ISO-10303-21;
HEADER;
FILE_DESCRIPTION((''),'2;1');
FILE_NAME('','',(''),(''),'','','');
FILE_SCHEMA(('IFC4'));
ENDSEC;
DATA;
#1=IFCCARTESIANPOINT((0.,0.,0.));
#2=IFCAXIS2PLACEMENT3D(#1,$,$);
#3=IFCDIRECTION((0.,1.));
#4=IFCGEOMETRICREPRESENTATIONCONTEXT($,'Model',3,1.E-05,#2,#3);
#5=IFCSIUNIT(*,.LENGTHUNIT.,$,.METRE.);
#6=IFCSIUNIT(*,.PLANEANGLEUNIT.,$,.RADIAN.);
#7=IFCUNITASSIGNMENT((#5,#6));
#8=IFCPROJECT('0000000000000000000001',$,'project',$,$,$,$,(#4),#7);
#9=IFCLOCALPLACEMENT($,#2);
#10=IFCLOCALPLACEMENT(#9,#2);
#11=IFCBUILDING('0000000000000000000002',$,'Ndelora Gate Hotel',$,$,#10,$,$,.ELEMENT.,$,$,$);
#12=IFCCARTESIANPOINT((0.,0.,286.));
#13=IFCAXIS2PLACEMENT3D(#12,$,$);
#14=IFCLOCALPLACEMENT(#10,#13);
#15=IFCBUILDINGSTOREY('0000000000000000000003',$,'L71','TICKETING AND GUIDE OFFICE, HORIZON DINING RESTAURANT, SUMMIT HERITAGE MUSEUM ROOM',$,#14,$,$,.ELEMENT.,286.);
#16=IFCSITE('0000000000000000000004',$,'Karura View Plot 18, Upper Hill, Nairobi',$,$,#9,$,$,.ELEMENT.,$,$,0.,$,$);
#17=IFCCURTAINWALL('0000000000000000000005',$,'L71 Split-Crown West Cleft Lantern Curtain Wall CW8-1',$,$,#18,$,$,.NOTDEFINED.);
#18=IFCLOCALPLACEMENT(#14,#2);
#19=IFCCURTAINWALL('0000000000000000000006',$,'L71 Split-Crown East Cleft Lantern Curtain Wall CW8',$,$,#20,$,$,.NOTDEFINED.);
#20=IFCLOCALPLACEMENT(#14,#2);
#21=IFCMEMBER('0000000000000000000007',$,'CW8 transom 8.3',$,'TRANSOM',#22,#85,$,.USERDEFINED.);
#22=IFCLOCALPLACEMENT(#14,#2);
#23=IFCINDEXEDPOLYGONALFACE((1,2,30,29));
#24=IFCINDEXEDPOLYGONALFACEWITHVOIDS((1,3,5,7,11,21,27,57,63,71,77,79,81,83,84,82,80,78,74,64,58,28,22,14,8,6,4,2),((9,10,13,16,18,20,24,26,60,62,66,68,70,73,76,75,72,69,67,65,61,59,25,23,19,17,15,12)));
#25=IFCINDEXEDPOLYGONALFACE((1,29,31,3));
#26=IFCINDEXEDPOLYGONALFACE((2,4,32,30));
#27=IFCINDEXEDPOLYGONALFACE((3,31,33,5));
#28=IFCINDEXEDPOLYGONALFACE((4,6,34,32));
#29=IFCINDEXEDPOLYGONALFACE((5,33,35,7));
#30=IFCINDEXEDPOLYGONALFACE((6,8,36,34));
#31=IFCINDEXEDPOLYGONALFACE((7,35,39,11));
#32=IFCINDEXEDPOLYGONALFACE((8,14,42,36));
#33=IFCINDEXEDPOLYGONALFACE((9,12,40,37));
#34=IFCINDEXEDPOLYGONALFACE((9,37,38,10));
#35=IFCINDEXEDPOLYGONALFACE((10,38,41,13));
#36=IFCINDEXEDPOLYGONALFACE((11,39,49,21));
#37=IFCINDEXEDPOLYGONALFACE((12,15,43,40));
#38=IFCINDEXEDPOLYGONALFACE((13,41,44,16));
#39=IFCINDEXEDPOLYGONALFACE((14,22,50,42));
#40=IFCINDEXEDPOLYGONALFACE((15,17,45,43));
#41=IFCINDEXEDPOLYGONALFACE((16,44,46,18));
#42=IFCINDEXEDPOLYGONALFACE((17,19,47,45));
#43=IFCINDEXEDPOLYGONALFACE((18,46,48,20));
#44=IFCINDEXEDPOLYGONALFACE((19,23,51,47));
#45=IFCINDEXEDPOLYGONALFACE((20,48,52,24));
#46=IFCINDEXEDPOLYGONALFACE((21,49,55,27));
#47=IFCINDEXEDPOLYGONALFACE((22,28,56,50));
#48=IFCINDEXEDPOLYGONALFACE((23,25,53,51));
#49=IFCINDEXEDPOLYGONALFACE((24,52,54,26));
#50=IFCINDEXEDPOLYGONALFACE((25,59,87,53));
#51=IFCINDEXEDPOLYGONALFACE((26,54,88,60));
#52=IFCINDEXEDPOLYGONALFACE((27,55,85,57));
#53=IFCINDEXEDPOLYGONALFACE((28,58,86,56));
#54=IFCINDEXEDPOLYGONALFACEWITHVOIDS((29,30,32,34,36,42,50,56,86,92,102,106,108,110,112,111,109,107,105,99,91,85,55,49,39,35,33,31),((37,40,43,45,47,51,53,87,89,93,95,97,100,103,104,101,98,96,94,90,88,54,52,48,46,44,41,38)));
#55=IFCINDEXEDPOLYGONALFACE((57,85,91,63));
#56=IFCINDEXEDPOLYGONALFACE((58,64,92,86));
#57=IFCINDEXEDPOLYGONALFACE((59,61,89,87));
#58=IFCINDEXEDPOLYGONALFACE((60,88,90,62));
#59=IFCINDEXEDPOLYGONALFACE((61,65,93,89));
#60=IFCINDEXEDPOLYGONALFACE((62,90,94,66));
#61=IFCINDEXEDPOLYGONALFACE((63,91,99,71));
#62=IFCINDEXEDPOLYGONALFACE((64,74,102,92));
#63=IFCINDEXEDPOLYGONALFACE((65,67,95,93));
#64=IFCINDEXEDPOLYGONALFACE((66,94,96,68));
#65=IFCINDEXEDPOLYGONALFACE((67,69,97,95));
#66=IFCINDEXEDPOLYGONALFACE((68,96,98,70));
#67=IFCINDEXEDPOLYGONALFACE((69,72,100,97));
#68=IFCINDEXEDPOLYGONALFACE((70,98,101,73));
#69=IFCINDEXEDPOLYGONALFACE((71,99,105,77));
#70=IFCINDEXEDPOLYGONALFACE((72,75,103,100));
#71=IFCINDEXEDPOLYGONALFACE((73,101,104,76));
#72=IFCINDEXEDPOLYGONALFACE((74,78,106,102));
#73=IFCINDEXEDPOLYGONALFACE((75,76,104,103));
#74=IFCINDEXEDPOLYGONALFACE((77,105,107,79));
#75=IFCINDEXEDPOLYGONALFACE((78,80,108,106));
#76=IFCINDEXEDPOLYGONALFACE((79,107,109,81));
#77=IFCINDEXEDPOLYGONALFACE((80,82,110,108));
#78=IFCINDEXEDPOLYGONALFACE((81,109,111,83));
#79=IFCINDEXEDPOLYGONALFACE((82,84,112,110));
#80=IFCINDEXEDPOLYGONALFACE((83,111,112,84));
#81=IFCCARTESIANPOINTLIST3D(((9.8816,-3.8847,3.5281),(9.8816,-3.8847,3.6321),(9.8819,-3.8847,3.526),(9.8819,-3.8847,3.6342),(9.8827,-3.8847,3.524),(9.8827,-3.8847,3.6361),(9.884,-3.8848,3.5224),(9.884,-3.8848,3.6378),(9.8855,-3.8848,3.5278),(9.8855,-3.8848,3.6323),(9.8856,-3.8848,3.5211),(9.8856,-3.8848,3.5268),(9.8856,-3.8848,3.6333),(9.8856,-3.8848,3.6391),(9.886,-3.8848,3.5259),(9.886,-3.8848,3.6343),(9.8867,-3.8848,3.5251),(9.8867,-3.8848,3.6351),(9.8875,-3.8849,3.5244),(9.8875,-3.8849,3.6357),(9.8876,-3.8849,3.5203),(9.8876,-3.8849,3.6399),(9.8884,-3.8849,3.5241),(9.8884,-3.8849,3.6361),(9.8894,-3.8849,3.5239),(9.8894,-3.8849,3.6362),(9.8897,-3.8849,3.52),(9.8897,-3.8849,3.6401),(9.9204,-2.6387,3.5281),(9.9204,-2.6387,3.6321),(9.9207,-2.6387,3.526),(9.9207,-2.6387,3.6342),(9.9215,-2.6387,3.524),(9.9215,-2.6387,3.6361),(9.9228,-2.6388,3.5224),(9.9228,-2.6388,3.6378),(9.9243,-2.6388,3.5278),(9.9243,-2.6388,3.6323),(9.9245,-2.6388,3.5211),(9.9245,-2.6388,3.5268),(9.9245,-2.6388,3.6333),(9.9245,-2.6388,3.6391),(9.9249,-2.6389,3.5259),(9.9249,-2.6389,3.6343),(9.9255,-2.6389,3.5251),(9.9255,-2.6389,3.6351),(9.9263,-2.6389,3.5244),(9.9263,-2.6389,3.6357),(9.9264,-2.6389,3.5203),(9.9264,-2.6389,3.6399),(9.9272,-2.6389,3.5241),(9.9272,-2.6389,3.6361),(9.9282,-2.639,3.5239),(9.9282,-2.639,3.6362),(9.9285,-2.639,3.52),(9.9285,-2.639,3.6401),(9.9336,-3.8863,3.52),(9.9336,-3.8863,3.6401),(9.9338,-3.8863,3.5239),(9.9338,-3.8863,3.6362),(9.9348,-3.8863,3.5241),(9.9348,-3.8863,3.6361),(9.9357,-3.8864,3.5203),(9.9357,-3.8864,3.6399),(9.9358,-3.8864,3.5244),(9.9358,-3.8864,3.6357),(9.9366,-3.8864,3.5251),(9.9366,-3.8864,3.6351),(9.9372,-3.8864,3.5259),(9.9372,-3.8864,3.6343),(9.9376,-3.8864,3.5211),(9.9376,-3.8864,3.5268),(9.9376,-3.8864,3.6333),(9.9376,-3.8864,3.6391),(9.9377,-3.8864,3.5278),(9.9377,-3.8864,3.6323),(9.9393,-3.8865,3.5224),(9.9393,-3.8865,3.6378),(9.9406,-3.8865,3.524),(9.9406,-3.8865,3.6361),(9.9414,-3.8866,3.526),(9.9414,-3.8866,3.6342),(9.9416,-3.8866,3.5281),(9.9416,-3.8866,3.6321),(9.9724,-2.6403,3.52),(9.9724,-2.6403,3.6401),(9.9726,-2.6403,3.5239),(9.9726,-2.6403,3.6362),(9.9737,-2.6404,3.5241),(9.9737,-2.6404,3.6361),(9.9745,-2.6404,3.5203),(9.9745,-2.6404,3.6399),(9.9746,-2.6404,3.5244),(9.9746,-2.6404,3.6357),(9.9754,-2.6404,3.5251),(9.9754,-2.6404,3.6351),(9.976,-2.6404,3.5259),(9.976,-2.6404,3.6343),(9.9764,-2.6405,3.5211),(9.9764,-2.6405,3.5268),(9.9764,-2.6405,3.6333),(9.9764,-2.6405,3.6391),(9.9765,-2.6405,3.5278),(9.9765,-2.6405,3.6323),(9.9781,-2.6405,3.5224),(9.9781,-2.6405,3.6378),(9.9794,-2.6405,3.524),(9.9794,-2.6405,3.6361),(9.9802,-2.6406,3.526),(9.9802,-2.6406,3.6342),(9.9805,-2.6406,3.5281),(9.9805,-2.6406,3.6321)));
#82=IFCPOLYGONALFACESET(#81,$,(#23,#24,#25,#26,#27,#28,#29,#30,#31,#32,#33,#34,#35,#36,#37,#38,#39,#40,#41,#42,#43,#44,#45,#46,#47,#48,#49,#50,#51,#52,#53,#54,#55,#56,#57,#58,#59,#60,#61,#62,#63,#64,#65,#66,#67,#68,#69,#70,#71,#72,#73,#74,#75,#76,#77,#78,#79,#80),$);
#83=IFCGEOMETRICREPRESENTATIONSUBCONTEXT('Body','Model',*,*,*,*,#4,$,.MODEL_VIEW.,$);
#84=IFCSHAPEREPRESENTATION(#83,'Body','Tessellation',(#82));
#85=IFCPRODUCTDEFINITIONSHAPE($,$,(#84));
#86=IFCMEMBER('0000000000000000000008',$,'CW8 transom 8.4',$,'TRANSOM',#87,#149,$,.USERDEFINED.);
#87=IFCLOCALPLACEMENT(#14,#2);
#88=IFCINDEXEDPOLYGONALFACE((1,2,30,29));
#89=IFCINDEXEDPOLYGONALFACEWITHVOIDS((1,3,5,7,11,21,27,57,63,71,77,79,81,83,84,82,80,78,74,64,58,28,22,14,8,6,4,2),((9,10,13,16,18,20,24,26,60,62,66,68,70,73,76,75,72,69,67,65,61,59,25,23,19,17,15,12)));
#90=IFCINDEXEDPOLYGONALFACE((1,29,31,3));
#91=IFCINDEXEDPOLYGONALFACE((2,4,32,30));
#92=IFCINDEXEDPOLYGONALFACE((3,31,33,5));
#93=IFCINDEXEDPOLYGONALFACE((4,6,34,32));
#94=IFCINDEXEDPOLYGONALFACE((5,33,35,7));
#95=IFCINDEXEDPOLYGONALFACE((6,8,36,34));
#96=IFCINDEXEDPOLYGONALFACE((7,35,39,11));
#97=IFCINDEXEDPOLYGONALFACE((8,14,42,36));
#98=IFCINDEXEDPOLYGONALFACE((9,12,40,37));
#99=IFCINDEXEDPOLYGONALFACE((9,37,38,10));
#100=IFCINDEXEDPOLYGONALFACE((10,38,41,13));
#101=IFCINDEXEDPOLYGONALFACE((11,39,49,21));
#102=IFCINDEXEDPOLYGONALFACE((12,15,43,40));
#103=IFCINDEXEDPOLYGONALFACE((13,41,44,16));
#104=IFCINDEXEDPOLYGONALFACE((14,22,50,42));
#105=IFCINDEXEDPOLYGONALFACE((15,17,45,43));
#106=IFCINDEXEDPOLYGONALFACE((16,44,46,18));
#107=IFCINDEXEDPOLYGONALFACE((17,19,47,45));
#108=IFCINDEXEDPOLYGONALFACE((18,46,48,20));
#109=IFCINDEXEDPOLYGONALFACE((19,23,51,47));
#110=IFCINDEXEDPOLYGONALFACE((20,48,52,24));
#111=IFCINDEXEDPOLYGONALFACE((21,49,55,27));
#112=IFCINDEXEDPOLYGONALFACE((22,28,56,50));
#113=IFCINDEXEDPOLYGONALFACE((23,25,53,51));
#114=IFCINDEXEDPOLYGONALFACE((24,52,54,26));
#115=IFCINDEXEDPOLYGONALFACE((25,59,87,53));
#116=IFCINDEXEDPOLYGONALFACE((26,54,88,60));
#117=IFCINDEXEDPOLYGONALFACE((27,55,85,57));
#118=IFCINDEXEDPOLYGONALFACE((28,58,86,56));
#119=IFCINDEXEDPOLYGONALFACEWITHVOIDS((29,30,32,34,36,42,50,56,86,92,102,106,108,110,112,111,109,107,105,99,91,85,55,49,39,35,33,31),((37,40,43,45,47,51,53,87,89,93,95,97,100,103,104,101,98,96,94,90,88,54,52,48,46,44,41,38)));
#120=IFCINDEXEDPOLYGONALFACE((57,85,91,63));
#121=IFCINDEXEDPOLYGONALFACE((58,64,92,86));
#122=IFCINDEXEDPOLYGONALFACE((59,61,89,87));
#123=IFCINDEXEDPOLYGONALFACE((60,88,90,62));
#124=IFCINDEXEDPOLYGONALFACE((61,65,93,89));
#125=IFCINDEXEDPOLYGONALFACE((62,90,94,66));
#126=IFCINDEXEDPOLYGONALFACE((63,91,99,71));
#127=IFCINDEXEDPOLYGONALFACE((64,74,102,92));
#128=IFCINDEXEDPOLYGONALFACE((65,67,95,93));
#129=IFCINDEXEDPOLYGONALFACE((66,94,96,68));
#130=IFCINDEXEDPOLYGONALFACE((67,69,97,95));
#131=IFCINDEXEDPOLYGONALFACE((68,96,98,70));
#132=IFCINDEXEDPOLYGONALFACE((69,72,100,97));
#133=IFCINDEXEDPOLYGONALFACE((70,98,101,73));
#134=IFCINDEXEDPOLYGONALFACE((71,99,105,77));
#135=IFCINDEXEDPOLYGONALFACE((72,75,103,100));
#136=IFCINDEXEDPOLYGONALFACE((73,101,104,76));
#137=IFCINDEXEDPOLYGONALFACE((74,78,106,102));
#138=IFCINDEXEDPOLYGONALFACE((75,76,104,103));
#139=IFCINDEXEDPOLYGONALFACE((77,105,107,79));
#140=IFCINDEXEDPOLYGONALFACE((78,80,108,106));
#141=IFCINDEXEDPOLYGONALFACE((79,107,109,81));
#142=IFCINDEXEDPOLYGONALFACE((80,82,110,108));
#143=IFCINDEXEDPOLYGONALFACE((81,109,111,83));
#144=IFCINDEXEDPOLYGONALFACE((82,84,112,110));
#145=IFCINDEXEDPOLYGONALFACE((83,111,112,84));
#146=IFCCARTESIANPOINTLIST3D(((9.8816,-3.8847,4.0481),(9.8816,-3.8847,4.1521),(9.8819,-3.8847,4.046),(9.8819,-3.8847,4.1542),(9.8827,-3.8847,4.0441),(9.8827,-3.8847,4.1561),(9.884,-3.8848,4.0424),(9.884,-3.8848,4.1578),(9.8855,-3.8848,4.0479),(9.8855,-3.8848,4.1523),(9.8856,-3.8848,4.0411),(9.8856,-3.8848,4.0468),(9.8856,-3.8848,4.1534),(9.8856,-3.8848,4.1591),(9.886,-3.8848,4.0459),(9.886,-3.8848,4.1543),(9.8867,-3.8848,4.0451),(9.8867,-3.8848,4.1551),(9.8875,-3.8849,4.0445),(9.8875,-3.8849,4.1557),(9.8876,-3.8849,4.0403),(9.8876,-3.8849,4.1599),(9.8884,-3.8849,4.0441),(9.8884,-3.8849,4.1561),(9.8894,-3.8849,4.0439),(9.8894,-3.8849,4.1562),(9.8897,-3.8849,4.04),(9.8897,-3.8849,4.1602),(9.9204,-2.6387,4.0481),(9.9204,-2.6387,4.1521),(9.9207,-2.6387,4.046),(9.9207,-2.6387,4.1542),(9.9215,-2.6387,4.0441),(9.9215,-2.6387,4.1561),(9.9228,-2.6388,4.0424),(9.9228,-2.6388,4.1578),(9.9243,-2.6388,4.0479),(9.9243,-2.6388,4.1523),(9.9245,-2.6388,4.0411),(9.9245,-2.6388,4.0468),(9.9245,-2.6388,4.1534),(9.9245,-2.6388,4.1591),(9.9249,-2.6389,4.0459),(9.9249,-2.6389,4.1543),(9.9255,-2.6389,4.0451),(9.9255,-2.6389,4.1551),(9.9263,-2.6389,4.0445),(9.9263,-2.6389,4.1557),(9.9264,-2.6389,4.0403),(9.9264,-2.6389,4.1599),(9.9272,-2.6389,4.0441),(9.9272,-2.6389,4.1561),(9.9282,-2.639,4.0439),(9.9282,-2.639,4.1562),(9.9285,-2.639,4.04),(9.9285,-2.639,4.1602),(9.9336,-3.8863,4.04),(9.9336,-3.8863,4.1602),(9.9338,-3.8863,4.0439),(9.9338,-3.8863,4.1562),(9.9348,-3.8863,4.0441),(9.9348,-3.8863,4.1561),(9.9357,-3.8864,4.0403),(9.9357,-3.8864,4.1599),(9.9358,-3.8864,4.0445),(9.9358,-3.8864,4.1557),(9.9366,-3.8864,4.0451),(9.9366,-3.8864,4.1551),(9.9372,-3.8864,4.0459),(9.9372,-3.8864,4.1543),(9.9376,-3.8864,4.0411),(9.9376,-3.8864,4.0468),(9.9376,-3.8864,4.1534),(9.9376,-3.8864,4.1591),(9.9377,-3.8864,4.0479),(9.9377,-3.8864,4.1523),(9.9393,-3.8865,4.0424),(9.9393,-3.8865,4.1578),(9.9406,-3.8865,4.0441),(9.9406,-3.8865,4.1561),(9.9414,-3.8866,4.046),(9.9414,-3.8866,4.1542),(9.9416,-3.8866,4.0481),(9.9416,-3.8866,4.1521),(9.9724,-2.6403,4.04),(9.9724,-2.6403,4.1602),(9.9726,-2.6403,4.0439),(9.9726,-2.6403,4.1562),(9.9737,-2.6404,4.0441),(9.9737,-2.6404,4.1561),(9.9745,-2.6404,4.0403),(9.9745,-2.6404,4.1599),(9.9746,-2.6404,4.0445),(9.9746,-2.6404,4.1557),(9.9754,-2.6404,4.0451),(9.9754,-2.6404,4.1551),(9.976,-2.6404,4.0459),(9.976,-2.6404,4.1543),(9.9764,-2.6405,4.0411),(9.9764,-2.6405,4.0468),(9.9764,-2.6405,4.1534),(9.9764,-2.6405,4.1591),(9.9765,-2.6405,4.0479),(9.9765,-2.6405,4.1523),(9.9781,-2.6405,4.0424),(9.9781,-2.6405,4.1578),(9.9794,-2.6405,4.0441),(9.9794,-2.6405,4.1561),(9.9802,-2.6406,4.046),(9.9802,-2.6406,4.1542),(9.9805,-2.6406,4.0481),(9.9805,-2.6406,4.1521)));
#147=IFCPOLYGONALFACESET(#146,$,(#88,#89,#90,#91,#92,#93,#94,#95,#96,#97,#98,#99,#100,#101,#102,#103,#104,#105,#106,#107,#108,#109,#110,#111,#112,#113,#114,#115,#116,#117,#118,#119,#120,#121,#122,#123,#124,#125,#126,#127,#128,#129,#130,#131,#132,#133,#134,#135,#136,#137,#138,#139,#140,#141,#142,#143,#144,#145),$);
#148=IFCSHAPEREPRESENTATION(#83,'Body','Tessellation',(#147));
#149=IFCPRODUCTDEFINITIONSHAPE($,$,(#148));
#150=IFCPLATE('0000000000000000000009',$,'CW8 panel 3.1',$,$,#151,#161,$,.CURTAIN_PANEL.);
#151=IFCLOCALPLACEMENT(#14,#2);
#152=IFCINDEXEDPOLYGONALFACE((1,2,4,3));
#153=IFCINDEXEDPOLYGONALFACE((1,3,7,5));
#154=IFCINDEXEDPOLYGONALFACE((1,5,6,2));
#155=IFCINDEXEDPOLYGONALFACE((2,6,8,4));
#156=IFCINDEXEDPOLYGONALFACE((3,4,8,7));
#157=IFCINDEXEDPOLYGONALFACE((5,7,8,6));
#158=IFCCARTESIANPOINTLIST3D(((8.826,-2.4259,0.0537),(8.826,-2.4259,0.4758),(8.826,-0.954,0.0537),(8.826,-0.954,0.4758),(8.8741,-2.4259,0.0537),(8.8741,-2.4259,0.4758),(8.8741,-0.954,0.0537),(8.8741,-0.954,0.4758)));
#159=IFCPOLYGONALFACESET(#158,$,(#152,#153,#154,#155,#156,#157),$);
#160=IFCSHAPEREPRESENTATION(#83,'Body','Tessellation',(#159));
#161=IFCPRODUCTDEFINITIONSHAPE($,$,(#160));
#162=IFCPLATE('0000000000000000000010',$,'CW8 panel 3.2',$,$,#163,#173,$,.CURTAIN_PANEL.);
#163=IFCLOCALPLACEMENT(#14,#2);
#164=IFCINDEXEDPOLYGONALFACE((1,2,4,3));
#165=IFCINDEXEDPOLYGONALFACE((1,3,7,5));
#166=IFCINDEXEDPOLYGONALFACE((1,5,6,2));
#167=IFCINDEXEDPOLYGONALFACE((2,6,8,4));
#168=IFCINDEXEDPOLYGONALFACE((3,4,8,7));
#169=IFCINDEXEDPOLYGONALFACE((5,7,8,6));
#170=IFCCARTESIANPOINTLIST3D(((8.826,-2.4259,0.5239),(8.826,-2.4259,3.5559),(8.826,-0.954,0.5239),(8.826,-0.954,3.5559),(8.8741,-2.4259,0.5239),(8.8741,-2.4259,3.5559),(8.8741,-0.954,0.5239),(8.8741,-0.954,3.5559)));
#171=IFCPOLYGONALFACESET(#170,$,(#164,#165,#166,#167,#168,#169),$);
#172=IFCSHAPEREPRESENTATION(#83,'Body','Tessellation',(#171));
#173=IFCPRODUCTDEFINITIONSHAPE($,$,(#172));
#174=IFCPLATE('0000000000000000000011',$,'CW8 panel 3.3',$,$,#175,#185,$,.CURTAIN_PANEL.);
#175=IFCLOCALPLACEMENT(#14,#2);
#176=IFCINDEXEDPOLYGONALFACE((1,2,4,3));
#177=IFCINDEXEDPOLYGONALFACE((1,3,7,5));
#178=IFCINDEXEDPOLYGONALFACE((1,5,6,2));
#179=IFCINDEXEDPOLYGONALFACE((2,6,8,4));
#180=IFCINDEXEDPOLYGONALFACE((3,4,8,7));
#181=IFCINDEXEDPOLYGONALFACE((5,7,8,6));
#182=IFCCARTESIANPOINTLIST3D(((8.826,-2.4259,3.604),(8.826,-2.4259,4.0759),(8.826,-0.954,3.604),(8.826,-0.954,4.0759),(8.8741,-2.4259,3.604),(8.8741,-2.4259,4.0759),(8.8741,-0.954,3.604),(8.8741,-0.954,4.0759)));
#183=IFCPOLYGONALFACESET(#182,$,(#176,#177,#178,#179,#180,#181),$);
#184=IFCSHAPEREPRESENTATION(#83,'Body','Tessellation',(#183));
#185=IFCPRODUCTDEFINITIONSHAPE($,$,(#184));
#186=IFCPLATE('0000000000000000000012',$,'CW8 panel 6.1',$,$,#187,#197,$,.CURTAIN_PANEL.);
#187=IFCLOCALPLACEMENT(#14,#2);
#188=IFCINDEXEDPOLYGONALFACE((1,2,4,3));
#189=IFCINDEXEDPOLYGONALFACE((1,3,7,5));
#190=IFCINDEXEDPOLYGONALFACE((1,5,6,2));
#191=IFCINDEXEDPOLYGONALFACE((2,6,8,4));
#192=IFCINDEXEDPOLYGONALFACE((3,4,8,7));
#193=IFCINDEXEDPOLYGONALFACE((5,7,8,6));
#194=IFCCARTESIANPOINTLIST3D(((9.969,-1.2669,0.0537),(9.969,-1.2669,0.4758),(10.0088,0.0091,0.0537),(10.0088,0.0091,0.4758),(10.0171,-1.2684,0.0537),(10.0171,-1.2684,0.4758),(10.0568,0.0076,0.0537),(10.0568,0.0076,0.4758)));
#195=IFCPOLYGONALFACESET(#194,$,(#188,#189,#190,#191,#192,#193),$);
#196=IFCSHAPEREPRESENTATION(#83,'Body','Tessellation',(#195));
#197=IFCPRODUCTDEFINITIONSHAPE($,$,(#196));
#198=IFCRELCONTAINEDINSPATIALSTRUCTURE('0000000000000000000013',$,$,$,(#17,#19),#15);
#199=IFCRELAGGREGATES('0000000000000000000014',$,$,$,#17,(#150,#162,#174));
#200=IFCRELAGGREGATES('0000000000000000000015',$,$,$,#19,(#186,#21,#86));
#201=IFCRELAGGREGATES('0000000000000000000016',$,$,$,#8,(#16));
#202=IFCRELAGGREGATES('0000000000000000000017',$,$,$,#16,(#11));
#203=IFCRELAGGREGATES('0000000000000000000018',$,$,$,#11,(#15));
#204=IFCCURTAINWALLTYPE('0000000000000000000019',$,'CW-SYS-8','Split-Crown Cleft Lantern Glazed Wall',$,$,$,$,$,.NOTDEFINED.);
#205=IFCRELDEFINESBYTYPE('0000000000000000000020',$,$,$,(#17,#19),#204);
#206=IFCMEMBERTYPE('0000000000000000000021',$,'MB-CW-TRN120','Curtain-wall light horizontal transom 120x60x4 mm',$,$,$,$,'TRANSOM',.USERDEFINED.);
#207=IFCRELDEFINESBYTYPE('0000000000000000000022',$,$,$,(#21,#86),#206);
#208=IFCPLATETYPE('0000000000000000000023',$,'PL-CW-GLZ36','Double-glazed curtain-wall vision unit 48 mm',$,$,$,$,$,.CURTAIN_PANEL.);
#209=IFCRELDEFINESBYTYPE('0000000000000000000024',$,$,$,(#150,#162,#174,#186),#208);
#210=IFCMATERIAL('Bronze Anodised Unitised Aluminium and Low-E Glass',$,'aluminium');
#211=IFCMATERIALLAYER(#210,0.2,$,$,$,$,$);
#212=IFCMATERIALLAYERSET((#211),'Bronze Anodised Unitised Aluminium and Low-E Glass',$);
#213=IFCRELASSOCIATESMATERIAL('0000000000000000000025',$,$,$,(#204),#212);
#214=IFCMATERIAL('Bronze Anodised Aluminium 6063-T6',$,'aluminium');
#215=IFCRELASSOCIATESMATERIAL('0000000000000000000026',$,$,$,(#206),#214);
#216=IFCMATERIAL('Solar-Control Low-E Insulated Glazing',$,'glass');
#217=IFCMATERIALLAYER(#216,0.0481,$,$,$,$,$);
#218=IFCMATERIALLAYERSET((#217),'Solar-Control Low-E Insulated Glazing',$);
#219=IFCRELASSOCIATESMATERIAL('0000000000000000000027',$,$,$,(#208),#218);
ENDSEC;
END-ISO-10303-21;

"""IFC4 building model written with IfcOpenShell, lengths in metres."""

from ifc_helpers import new_model, si_unit, direction, frame, origin, origin_2d, place, context, subcontext, project, spatial, rectangle, hollow_rectangle, extrude, material, layer, layer_set, material_profile, profile_set, type_object, element, aggregate, save


model = new_model("IFC4")

# Units and contexts
model_context = context("Model", 3, precision=1e-05, world=origin(), true_north=direction((0.0, 1.0)))
body_context = subcontext(model_context, "Body", "Model", "MODEL_VIEW")
ifc_project = project(units=[si_unit("LENGTHUNIT", "METRE"), si_unit("PLANEANGLEUNIT", "RADIAN")], contexts=[model_context])

# Site, building, storey
site_placement = place(None, origin())
site = spatial("IfcSite", under=ifc_project, at=site_placement, Name="Karura View Plot 18, Upper Hill, Nairobi", CompositionType="ELEMENT", RefElevation=0.0)
building_placement = place(site_placement, origin())
building = spatial("IfcBuilding", under=site, at=building_placement, Name="Ndelora Gate Hotel", CompositionType="ELEMENT")
storey_placement = place(building_placement, frame((0.0, 0.0, 286.0)))
storey = spatial("IfcBuildingStorey", under=building, at=storey_placement, Name="L71", Description="TICKETING AND GUIDE OFFICE, HORIZON DINING RESTAURANT, SUMMIT HERITAGE MUSEUM ROOM", CompositionType="ELEMENT", Elevation=286.0)

# Curtain wall
ifc_material_1 = material(Name="Bronze Anodised Unitised Aluminium and Low-E Glass", Category="aluminium")
ifc_layer_1 = layer(ifc_material_1, 0.2)
ifc_layer_set_1 = layer_set([ifc_layer_1], Name="Bronze Anodised Unitised Aluminium and Low-E Glass")
curtain_wall_type = type_object("IfcCurtainWallType", Name="CW-SYS-8", Description="Split-Crown Cleft Lantern Glazed Wall", PredefinedType="NOTDEFINED", material=ifc_layer_set_1)
curtain_wall_1_placement = place(storey_placement, origin())
curtain_wall_1 = element("IfcCurtainWall", 1, at=curtain_wall_1_placement, inside=storey, type_object=curtain_wall_type, Name="L71 Split-Crown West Cleft Lantern Curtain Wall CW8-1", PredefinedType="NOTDEFINED")
ifc_material_2 = material(Name="Bronze Anodised Aluminium 6063-T6", Category="aluminium")

# Curtain wall, members
curtain_wall_2_placement = place(storey_placement, origin())
curtain_wall_2 = element("IfcCurtainWall", 2, at=curtain_wall_2_placement, inside=storey, type_object=curtain_wall_type, Name="L71 Split-Crown East Cleft Lantern Curtain Wall CW8", PredefinedType="NOTDEFINED")
ifc_material_profile_1 = material_profile(ifc_material_2, hollow_rectangle(XDim=0.0601, YDim=0.1201, WallThickness=0.0039, InnerFilletRadius=0.0039, OuterFilletRadius=0.0081, at=origin_2d()), Name="ALU 120x60x4")
ifc_profile_set_1 = profile_set([ifc_material_profile_1], Name="Bronze Anodised Aluminium 6063-T6")
member_type_1 = type_object("IfcMemberType", Name="MB-CW-TRN120", Description="Curtain-wall light horizontal transom 120x60x4 mm", ElementType="TRANSOM", PredefinedType="USERDEFINED", material=ifc_profile_set_1)
member_1_placement = place(storey_placement, frame((9.9504, -2.6396, 3.5801), z_axis=(-0.031137, -0.999515, 0.0), x_axis=(0.999515, -0.031137, 0.0)))
member_1 = element("IfcMember", 3, at=member_1_placement, type_object=member_type_1, Name="CW8 transom 8.3", ObjectType="TRANSOM", PredefinedType="USERDEFINED", context=body_context, shape_type="SweptSolid", body=[
    extrude(hollow_rectangle(XDim=0.0601, YDim=0.1201, WallThickness=0.0039, InnerFilletRadius=0.0039, OuterFilletRadius=0.0081, at=origin_2d()), origin(), (0.0, 0.0, 1.0), 1.2466),
])
member_2_placement = place(storey_placement, frame((9.9504, -2.6396, 4.1001), z_axis=(-0.031137, -0.999515, 0.0), x_axis=(0.999515, -0.031137, 0.0)))
member_2 = element("IfcMember", 4, at=member_2_placement, type_object=member_type_1, Name="CW8 transom 8.4", ObjectType="TRANSOM", PredefinedType="USERDEFINED", context=body_context, shape_type="SweptSolid", body=[
    extrude(hollow_rectangle(XDim=0.0601, YDim=0.1201, WallThickness=0.0039, InnerFilletRadius=0.0039, OuterFilletRadius=0.0081, at=origin_2d()), origin(), (0.0, 0.0, 1.0), 1.2466),
])

# Plates
ifc_material_3 = material(Name="Solar-Control Low-E Insulated Glazing", Category="glass")
ifc_layer_2 = layer(ifc_material_3, 0.0481)
ifc_layer_set_2 = layer_set([ifc_layer_2], Name="Solar-Control Low-E Insulated Glazing")
plate_type = type_object("IfcPlateType", Name="PL-CW-GLZ36", Description="Double-glazed curtain-wall vision unit 48 mm", PredefinedType="CURTAIN_PANEL", material=ifc_layer_set_2)
plate_1_placement = place(storey_placement, frame((8.8501, -1.6899, 0.0537), z_axis=(0.0, 0.0, 1.0), x_axis=(0.0, 1.0, 0.0)))
plate_1 = element("IfcPlate", 5, at=plate_1_placement, type_object=plate_type, Name="CW8 panel 3.1", PredefinedType="CURTAIN_PANEL", context=body_context, shape_type="SweptSolid", body=[
    extrude(rectangle(XDim=1.4719, YDim=0.0481, at=origin_2d()), origin(), (0.0, 0.0, 1.0), 0.4221),
])
plate_2_placement = place(storey_placement, frame((8.8501, -1.6899, 0.5239), z_axis=(0.0, 0.0, 1.0), x_axis=(0.0, 1.0, 0.0)))
plate_2 = element("IfcPlate", 6, at=plate_2_placement, type_object=plate_type, Name="CW8 panel 3.2", PredefinedType="CURTAIN_PANEL", context=body_context, shape_type="SweptSolid", body=[
    extrude(rectangle(XDim=1.4719, YDim=0.0481, at=origin_2d()), origin(), (0.0, 0.0, 1.0), 3.032),
])
plate_3_placement = place(storey_placement, frame((8.8501, -1.6899, 3.604), z_axis=(0.0, 0.0, 1.0), x_axis=(0.0, 1.0, 0.0)))
plate_3 = element("IfcPlate", 7, at=plate_3_placement, type_object=plate_type, Name="CW8 panel 3.3", PredefinedType="CURTAIN_PANEL", context=body_context, shape_type="SweptSolid", body=[
    extrude(rectangle(XDim=1.4719, YDim=0.0481, at=origin_2d()), origin(), (0.0, 0.0, 1.0), 0.4719),
])
aggregate(curtain_wall_1, [plate_1, plate_2, plate_3])
plate_4_placement = place(storey_placement, frame((10.0129, -0.6296, 0.0537), z_axis=(0.0, 0.0, 1.0), x_axis=(-0.031131, -0.999515, 0.0)))
plate_4 = element("IfcPlate", 8, at=plate_4_placement, type_object=plate_type, Name="CW8 panel 6.1", PredefinedType="CURTAIN_PANEL", context=body_context, shape_type="SweptSolid", body=[
    extrude(rectangle(XDim=1.2766, YDim=0.0481, at=origin_2d()), origin(), (0.0, 0.0, 1.0), 0.4221),
])
aggregate(curtain_wall_2, [plate_4, member_1, member_2])

save(model, "model.ifc")
